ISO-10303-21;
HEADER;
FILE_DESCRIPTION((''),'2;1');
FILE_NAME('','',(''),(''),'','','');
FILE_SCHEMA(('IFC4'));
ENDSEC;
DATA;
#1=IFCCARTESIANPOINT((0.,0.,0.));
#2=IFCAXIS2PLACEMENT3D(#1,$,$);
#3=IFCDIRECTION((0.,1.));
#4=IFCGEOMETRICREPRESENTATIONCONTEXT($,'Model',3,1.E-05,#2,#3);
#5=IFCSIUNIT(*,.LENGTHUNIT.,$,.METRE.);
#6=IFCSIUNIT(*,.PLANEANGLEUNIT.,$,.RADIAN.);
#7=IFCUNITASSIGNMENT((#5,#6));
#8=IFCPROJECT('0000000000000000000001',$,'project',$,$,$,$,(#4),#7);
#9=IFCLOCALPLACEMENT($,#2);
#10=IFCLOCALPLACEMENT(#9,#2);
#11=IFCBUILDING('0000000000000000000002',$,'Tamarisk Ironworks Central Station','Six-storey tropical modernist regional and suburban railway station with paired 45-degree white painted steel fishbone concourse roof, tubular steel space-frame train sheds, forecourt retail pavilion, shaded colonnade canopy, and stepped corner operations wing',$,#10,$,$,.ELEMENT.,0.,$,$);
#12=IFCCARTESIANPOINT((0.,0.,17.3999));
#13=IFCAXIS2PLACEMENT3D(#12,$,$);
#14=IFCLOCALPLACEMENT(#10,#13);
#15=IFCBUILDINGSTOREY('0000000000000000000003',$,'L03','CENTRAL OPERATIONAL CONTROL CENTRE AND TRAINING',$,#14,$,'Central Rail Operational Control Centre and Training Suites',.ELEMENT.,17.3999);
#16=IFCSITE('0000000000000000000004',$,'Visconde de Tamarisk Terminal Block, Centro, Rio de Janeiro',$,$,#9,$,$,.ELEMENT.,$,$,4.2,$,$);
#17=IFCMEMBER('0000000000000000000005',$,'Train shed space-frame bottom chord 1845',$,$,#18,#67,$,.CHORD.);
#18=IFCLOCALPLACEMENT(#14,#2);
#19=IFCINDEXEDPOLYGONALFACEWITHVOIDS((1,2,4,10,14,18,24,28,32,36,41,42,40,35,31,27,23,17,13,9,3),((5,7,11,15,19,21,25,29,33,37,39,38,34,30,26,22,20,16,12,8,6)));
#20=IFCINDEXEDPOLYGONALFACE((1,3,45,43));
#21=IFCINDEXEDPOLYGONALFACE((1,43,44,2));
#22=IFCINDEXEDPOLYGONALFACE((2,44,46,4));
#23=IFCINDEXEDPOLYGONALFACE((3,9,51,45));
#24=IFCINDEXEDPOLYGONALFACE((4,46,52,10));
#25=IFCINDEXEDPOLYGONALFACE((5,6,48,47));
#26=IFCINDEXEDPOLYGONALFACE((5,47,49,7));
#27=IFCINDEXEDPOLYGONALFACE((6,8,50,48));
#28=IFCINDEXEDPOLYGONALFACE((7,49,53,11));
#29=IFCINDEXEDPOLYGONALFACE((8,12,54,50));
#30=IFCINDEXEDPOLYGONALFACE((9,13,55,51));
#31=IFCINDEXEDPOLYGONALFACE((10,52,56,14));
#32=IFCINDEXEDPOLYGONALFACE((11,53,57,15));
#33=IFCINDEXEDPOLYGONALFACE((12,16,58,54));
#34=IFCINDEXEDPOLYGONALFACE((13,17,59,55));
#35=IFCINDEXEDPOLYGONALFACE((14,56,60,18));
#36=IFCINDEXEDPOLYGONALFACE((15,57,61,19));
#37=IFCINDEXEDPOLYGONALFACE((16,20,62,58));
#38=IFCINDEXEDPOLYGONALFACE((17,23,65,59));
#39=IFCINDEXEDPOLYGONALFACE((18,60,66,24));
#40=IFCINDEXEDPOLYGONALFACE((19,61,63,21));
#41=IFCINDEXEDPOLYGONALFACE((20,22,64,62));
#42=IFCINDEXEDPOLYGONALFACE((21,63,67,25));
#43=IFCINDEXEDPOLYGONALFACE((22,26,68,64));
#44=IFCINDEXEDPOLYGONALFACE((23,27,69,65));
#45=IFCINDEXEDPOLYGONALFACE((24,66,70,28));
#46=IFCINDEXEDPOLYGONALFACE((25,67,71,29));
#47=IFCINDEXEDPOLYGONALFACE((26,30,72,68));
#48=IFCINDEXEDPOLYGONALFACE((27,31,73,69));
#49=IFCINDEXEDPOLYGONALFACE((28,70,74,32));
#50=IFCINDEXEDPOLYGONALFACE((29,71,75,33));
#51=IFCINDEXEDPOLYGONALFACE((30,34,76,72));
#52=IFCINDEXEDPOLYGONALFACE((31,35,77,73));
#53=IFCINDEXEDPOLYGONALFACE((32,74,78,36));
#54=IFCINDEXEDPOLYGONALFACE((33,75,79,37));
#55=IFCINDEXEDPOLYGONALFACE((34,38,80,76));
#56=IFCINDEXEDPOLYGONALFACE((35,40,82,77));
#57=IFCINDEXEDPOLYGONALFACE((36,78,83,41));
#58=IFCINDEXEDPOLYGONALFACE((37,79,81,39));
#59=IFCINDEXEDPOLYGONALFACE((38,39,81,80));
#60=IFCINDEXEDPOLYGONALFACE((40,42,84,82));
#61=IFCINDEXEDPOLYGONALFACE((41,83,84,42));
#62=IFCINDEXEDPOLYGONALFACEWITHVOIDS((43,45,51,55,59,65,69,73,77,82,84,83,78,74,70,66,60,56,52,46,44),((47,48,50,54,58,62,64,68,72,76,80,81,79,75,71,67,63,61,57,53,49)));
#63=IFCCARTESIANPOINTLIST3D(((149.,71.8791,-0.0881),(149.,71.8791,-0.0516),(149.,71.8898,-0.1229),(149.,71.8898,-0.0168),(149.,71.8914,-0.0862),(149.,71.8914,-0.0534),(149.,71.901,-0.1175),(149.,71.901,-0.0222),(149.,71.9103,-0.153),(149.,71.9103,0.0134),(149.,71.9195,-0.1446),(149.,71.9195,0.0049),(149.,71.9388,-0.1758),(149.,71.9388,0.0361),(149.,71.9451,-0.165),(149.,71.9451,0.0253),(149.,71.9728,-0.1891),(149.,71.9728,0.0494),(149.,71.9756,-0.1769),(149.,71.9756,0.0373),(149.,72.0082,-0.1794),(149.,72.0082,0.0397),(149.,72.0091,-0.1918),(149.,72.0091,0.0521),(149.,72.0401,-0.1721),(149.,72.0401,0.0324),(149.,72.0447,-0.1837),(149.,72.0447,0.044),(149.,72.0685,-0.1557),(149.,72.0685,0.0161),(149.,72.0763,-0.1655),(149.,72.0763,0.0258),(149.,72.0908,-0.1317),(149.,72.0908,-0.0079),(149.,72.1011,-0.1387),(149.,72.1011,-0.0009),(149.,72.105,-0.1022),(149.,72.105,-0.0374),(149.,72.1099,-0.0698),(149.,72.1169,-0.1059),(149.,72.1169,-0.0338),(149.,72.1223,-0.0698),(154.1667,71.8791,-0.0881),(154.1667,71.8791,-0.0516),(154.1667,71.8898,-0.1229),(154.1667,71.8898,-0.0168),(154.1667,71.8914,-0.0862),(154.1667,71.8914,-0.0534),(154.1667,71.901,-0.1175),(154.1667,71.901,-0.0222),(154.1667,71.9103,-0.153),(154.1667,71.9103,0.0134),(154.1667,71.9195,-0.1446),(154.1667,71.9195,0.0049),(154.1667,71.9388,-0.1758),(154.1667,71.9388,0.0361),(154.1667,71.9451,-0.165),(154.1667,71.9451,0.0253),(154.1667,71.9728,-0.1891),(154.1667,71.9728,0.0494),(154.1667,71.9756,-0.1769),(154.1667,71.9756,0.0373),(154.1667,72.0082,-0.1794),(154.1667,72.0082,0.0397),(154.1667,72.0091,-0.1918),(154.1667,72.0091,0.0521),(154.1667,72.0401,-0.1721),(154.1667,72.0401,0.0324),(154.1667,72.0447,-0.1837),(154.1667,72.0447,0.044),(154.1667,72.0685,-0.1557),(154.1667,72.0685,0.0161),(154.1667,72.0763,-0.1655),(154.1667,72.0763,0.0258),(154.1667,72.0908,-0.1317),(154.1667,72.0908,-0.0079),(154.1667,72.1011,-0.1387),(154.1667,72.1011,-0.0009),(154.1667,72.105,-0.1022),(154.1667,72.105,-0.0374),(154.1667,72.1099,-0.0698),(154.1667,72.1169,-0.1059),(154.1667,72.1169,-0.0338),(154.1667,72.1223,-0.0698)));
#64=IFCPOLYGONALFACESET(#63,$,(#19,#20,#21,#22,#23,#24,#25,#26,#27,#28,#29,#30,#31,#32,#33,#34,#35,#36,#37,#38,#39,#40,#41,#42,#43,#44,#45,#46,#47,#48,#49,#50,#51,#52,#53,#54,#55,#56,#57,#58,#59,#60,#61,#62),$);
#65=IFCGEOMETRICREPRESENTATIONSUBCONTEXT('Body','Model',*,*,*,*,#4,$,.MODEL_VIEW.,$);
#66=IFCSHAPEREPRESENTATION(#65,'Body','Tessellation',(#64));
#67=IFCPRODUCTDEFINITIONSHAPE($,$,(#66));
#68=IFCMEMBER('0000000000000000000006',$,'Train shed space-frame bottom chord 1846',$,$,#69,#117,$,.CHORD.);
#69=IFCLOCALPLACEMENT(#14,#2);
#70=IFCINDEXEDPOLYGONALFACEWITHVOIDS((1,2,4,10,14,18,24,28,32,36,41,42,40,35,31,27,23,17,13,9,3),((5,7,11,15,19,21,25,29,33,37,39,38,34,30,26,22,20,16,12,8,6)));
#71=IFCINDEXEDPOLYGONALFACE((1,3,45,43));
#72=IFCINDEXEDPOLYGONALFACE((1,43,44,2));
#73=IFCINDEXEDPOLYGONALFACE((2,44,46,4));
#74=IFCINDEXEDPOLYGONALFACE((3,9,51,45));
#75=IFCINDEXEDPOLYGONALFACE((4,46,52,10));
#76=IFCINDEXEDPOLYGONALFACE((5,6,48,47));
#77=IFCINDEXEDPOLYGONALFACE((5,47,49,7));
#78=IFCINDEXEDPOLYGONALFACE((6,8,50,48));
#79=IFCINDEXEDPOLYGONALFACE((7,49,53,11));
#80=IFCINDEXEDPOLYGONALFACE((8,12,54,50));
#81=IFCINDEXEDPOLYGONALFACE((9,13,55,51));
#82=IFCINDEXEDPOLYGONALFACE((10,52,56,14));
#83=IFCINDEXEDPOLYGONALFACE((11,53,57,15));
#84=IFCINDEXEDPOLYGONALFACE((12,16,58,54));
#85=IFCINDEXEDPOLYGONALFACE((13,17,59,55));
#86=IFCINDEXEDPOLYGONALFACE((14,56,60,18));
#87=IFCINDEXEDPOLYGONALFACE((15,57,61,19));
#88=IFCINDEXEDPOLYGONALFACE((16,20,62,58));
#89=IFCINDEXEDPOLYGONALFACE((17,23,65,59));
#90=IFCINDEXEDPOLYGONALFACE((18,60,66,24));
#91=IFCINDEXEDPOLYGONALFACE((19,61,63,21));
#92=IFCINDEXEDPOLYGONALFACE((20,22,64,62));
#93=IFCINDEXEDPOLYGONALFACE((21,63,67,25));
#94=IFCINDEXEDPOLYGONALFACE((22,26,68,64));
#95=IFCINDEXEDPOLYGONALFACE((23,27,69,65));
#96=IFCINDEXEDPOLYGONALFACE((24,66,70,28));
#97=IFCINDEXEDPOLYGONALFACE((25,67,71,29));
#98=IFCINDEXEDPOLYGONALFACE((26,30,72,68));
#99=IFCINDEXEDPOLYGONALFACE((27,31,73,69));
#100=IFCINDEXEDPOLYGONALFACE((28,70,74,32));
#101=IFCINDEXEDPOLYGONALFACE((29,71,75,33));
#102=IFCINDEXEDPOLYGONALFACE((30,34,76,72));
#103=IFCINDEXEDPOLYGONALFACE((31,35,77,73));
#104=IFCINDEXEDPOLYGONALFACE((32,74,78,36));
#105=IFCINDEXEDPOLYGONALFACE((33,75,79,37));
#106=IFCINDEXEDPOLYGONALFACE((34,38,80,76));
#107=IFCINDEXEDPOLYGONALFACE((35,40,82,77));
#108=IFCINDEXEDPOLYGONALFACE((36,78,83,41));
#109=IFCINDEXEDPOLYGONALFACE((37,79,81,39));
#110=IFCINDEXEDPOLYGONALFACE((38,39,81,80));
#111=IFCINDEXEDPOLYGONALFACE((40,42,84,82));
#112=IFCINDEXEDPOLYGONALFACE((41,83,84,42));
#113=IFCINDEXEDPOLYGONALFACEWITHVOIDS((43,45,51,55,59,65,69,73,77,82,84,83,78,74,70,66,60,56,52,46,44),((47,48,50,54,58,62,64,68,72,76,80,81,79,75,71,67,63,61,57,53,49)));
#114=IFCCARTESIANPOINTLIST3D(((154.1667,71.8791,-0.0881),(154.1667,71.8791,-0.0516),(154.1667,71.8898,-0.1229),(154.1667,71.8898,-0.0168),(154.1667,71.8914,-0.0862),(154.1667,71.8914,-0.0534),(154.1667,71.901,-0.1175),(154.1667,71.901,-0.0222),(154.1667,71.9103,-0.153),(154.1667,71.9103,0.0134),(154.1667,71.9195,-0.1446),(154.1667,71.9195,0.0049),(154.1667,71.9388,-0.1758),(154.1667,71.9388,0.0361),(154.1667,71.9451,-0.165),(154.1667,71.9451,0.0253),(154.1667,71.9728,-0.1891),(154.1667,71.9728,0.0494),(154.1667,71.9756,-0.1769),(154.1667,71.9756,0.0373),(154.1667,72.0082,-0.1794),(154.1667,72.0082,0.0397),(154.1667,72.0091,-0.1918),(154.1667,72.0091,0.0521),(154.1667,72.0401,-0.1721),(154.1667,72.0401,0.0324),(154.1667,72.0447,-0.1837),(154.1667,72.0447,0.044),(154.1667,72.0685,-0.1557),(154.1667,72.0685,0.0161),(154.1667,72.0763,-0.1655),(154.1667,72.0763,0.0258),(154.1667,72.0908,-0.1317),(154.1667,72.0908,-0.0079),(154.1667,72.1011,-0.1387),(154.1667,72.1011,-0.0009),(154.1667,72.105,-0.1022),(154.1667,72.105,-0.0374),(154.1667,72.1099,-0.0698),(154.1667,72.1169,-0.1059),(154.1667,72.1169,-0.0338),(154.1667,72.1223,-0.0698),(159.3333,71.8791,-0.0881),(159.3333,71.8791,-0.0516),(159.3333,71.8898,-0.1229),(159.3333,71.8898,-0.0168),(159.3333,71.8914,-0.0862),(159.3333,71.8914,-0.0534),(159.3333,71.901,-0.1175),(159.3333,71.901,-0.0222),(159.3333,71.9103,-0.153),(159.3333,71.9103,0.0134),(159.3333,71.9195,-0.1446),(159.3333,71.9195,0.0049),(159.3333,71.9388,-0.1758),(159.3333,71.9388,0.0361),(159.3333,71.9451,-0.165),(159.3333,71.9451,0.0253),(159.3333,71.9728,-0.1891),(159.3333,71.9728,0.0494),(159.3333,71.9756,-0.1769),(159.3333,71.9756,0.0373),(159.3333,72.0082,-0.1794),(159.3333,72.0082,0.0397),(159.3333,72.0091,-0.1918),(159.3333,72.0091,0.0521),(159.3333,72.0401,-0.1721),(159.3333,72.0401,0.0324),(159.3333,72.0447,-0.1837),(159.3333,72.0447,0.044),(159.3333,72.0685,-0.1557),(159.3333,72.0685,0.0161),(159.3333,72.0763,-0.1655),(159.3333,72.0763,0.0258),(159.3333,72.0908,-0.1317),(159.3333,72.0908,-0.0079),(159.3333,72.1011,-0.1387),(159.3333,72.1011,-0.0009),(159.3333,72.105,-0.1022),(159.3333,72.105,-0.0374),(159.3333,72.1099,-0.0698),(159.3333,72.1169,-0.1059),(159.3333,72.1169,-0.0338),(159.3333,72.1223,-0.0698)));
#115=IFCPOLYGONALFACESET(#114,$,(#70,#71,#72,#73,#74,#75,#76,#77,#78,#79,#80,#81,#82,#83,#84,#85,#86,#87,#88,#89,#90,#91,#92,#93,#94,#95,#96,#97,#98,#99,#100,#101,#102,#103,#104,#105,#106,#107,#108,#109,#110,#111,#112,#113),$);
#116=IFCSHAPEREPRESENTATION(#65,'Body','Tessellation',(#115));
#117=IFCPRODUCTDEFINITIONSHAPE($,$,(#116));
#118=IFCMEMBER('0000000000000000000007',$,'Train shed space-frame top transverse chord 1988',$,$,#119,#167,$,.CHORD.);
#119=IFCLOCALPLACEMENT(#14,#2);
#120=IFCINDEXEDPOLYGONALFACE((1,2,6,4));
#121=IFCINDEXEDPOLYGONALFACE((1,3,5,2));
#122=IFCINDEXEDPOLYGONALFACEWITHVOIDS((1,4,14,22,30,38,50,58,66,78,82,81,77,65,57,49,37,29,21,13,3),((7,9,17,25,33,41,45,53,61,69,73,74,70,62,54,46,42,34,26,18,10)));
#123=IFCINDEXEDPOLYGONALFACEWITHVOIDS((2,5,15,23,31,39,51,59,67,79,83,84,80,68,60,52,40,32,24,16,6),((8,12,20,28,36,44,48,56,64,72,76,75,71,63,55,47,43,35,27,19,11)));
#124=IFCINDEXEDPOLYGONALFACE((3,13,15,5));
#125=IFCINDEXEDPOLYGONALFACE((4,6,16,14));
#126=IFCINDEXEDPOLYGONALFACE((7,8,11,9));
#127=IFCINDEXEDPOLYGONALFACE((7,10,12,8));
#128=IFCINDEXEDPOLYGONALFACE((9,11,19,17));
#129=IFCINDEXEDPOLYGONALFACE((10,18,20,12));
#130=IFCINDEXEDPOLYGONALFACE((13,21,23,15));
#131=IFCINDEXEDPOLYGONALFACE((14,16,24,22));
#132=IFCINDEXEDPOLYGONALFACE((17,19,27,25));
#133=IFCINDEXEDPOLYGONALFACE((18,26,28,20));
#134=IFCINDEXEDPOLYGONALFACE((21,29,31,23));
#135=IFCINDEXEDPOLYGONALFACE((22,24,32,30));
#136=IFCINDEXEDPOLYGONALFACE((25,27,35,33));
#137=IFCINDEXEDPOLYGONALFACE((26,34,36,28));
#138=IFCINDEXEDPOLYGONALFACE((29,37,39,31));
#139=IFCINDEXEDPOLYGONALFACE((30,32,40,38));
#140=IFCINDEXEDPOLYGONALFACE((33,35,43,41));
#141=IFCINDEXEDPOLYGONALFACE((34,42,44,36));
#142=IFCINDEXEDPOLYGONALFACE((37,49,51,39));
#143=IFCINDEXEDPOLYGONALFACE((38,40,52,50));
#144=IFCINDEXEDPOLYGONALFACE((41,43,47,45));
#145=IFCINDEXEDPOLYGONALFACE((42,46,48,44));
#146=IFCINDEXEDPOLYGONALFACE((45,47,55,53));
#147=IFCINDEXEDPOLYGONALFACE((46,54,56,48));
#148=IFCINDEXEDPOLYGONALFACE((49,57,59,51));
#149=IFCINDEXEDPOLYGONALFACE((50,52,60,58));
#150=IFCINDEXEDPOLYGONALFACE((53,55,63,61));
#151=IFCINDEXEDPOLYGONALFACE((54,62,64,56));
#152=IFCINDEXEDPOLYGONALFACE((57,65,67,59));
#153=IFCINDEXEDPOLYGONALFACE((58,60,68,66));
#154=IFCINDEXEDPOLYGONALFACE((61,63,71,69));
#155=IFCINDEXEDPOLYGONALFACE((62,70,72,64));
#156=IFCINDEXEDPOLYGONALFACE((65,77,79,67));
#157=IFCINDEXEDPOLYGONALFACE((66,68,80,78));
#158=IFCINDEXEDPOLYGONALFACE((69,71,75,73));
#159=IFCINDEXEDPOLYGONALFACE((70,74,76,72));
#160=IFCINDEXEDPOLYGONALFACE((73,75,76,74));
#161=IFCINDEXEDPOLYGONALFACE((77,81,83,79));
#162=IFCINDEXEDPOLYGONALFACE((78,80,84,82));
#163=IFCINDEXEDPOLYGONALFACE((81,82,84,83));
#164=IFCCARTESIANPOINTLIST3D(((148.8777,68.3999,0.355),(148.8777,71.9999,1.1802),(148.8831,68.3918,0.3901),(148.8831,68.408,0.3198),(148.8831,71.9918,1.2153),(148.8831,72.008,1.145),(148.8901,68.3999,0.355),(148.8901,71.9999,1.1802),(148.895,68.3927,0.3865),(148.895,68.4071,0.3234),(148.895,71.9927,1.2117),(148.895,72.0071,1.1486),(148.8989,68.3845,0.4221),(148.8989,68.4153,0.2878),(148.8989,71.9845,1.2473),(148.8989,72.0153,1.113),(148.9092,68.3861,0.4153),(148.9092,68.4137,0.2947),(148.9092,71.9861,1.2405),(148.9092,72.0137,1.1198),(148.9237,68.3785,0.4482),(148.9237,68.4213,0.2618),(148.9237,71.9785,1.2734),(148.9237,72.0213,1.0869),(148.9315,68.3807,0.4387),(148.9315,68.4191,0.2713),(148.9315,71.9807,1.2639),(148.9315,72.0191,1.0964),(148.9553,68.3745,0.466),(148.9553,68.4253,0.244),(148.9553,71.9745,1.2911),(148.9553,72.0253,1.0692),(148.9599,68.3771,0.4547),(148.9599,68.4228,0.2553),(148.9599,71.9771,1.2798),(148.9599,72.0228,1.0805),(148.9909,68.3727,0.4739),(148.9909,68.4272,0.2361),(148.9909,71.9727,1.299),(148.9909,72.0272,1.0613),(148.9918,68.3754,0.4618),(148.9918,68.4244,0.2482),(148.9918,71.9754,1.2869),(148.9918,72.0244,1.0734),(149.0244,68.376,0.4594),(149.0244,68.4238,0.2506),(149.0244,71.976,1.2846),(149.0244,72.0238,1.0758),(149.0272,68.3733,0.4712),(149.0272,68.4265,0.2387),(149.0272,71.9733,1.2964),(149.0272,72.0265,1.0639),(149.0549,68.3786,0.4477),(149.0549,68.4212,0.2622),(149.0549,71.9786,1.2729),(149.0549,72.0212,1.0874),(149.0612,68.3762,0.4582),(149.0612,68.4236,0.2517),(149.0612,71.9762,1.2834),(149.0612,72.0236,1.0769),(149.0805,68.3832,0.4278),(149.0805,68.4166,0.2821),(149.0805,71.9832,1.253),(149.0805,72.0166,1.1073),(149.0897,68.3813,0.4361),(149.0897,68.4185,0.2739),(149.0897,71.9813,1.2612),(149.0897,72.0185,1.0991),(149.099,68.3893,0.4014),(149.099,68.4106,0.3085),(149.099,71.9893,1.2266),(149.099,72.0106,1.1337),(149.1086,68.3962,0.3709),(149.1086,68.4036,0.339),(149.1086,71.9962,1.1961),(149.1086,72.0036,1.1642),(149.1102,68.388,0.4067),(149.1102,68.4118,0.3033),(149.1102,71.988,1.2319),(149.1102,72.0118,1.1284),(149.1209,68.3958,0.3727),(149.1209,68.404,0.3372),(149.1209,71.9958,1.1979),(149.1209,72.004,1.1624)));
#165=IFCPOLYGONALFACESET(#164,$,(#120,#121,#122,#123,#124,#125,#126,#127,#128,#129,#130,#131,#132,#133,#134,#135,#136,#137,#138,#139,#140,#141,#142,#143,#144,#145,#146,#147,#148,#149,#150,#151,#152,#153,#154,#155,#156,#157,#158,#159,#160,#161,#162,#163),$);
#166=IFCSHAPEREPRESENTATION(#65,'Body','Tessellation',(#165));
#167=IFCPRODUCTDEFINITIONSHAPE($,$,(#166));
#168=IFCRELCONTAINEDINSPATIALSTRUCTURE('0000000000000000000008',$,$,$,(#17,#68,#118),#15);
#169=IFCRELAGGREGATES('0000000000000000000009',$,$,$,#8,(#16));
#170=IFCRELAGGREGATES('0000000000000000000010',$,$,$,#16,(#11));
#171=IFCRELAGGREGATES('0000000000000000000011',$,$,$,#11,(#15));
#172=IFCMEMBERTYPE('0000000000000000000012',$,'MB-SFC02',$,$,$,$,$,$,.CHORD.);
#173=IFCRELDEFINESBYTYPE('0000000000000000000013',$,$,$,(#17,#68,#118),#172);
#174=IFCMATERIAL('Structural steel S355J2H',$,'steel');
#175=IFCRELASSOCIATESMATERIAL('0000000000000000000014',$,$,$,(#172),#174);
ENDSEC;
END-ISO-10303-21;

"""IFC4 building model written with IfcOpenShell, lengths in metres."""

from ifc_helpers import new_model, si_unit, direction, frame, origin, origin_2d, place, context, subcontext, project, spatial, hollow_circle, extrude, material, material_profile, profile_set, type_object, element, save


model = new_model("IFC4")

# Units and contexts
model_context = context("Model", 3, precision=1e-05, world=origin(), true_north=direction((0.0, 1.0)))
body_context = subcontext(model_context, "Body", "Model", "MODEL_VIEW")
ifc_project = project(units=[si_unit("LENGTHUNIT", "METRE"), si_unit("PLANEANGLEUNIT", "RADIAN")], contexts=[model_context])

# Site, building, storey
site_placement = place(None, origin())
site = spatial("IfcSite", under=ifc_project, at=site_placement, Name="Visconde de Tamarisk Terminal Block, Centro, Rio de Janeiro", CompositionType="ELEMENT", RefElevation=4.2)
building_placement = place(site_placement, origin())
building = spatial("IfcBuilding", under=site, at=building_placement, Name="Tamarisk Ironworks Central Station", Description="Six-storey tropical modernist regional and suburban railway station with paired 45-degree white painted steel fishbone concourse roof, tubular steel space-frame train sheds, forecourt retail pavilion, shaded colonnade canopy, and stepped corner operations wing", CompositionType="ELEMENT", ElevationOfRefHeight=0.0)
storey_placement = place(building_placement, frame((0.0, 0.0, 17.3999)))
storey = spatial("IfcBuildingStorey", under=building, at=storey_placement, Name="L03", Description="CENTRAL OPERATIONAL CONTROL CENTRE AND TRAINING", LongName="Central Rail Operational Control Centre and Training Suites", CompositionType="ELEMENT", Elevation=17.3999)

# Members
ifc_material_1 = material(Name="Structural steel S355J2H", Category="steel")
ifc_material_profile_1 = material_profile(ifc_material_1, hollow_circle(Radius=0.1223, WallThickness=0.0125, at=origin_2d()), Name="CHS 244.5x12.5")
ifc_profile_set_1 = profile_set([ifc_material_profile_1], Name="Structural steel S355J2H")
member_type_1 = type_object("IfcMemberType", Name="MB-SFC02", PredefinedType="CHORD", material=ifc_profile_set_1)
member_1_placement = place(storey_placement, frame((149.0, 72.0, -0.0698), z_axis=(1.0, 0.0, 0.0), x_axis=(0.0, 1.0, 0.0)))
element("IfcMember", 1, at=member_1_placement, inside=storey, type_object=member_type_1, Name="Train shed space-frame bottom chord 1845", PredefinedType="CHORD", context=body_context, shape_type="SweptSolid", body=[
    extrude(hollow_circle(Radius=0.1223, WallThickness=0.0125, at=origin_2d()), origin(), (0.0, 0.0, 1.0), 5.1667),
])
member_2_placement = place(storey_placement, frame((154.1667, 72.0, -0.0698), z_axis=(1.0, 0.0, 0.0), x_axis=(0.0, 1.0, 0.0)))
element("IfcMember", 2, at=member_2_placement, inside=storey, type_object=member_type_1, Name="Train shed space-frame bottom chord 1846", PredefinedType="CHORD", context=body_context, shape_type="SweptSolid", body=[
    extrude(hollow_circle(Radius=0.1223, WallThickness=0.0125, at=origin_2d()), origin(), (0.0, 0.0, 1.0), 5.1665),
])
for number, where, z_axis, x_axis, name in (
    (3, (149.0, 68.3999, 0.355), (0.0, 0.974722, 0.223421), (-1.0, 0.0, 0.0), "Train shed space-frame top transverse chord 1988"),
):
    element("IfcMember", number, at=place(storey_placement, frame(where, z_axis=z_axis, x_axis=x_axis)), inside=storey, type_object=member_type_1, Name=name, PredefinedType="CHORD", context=body_context, shape_type="SweptSolid", body=[
        extrude(hollow_circle(Radius=0.1223, WallThickness=0.0125, at=origin_2d()), origin(), (0.0, 0.0, 1.0), 3.6934),
    ])

save(model, "model.ifc")
